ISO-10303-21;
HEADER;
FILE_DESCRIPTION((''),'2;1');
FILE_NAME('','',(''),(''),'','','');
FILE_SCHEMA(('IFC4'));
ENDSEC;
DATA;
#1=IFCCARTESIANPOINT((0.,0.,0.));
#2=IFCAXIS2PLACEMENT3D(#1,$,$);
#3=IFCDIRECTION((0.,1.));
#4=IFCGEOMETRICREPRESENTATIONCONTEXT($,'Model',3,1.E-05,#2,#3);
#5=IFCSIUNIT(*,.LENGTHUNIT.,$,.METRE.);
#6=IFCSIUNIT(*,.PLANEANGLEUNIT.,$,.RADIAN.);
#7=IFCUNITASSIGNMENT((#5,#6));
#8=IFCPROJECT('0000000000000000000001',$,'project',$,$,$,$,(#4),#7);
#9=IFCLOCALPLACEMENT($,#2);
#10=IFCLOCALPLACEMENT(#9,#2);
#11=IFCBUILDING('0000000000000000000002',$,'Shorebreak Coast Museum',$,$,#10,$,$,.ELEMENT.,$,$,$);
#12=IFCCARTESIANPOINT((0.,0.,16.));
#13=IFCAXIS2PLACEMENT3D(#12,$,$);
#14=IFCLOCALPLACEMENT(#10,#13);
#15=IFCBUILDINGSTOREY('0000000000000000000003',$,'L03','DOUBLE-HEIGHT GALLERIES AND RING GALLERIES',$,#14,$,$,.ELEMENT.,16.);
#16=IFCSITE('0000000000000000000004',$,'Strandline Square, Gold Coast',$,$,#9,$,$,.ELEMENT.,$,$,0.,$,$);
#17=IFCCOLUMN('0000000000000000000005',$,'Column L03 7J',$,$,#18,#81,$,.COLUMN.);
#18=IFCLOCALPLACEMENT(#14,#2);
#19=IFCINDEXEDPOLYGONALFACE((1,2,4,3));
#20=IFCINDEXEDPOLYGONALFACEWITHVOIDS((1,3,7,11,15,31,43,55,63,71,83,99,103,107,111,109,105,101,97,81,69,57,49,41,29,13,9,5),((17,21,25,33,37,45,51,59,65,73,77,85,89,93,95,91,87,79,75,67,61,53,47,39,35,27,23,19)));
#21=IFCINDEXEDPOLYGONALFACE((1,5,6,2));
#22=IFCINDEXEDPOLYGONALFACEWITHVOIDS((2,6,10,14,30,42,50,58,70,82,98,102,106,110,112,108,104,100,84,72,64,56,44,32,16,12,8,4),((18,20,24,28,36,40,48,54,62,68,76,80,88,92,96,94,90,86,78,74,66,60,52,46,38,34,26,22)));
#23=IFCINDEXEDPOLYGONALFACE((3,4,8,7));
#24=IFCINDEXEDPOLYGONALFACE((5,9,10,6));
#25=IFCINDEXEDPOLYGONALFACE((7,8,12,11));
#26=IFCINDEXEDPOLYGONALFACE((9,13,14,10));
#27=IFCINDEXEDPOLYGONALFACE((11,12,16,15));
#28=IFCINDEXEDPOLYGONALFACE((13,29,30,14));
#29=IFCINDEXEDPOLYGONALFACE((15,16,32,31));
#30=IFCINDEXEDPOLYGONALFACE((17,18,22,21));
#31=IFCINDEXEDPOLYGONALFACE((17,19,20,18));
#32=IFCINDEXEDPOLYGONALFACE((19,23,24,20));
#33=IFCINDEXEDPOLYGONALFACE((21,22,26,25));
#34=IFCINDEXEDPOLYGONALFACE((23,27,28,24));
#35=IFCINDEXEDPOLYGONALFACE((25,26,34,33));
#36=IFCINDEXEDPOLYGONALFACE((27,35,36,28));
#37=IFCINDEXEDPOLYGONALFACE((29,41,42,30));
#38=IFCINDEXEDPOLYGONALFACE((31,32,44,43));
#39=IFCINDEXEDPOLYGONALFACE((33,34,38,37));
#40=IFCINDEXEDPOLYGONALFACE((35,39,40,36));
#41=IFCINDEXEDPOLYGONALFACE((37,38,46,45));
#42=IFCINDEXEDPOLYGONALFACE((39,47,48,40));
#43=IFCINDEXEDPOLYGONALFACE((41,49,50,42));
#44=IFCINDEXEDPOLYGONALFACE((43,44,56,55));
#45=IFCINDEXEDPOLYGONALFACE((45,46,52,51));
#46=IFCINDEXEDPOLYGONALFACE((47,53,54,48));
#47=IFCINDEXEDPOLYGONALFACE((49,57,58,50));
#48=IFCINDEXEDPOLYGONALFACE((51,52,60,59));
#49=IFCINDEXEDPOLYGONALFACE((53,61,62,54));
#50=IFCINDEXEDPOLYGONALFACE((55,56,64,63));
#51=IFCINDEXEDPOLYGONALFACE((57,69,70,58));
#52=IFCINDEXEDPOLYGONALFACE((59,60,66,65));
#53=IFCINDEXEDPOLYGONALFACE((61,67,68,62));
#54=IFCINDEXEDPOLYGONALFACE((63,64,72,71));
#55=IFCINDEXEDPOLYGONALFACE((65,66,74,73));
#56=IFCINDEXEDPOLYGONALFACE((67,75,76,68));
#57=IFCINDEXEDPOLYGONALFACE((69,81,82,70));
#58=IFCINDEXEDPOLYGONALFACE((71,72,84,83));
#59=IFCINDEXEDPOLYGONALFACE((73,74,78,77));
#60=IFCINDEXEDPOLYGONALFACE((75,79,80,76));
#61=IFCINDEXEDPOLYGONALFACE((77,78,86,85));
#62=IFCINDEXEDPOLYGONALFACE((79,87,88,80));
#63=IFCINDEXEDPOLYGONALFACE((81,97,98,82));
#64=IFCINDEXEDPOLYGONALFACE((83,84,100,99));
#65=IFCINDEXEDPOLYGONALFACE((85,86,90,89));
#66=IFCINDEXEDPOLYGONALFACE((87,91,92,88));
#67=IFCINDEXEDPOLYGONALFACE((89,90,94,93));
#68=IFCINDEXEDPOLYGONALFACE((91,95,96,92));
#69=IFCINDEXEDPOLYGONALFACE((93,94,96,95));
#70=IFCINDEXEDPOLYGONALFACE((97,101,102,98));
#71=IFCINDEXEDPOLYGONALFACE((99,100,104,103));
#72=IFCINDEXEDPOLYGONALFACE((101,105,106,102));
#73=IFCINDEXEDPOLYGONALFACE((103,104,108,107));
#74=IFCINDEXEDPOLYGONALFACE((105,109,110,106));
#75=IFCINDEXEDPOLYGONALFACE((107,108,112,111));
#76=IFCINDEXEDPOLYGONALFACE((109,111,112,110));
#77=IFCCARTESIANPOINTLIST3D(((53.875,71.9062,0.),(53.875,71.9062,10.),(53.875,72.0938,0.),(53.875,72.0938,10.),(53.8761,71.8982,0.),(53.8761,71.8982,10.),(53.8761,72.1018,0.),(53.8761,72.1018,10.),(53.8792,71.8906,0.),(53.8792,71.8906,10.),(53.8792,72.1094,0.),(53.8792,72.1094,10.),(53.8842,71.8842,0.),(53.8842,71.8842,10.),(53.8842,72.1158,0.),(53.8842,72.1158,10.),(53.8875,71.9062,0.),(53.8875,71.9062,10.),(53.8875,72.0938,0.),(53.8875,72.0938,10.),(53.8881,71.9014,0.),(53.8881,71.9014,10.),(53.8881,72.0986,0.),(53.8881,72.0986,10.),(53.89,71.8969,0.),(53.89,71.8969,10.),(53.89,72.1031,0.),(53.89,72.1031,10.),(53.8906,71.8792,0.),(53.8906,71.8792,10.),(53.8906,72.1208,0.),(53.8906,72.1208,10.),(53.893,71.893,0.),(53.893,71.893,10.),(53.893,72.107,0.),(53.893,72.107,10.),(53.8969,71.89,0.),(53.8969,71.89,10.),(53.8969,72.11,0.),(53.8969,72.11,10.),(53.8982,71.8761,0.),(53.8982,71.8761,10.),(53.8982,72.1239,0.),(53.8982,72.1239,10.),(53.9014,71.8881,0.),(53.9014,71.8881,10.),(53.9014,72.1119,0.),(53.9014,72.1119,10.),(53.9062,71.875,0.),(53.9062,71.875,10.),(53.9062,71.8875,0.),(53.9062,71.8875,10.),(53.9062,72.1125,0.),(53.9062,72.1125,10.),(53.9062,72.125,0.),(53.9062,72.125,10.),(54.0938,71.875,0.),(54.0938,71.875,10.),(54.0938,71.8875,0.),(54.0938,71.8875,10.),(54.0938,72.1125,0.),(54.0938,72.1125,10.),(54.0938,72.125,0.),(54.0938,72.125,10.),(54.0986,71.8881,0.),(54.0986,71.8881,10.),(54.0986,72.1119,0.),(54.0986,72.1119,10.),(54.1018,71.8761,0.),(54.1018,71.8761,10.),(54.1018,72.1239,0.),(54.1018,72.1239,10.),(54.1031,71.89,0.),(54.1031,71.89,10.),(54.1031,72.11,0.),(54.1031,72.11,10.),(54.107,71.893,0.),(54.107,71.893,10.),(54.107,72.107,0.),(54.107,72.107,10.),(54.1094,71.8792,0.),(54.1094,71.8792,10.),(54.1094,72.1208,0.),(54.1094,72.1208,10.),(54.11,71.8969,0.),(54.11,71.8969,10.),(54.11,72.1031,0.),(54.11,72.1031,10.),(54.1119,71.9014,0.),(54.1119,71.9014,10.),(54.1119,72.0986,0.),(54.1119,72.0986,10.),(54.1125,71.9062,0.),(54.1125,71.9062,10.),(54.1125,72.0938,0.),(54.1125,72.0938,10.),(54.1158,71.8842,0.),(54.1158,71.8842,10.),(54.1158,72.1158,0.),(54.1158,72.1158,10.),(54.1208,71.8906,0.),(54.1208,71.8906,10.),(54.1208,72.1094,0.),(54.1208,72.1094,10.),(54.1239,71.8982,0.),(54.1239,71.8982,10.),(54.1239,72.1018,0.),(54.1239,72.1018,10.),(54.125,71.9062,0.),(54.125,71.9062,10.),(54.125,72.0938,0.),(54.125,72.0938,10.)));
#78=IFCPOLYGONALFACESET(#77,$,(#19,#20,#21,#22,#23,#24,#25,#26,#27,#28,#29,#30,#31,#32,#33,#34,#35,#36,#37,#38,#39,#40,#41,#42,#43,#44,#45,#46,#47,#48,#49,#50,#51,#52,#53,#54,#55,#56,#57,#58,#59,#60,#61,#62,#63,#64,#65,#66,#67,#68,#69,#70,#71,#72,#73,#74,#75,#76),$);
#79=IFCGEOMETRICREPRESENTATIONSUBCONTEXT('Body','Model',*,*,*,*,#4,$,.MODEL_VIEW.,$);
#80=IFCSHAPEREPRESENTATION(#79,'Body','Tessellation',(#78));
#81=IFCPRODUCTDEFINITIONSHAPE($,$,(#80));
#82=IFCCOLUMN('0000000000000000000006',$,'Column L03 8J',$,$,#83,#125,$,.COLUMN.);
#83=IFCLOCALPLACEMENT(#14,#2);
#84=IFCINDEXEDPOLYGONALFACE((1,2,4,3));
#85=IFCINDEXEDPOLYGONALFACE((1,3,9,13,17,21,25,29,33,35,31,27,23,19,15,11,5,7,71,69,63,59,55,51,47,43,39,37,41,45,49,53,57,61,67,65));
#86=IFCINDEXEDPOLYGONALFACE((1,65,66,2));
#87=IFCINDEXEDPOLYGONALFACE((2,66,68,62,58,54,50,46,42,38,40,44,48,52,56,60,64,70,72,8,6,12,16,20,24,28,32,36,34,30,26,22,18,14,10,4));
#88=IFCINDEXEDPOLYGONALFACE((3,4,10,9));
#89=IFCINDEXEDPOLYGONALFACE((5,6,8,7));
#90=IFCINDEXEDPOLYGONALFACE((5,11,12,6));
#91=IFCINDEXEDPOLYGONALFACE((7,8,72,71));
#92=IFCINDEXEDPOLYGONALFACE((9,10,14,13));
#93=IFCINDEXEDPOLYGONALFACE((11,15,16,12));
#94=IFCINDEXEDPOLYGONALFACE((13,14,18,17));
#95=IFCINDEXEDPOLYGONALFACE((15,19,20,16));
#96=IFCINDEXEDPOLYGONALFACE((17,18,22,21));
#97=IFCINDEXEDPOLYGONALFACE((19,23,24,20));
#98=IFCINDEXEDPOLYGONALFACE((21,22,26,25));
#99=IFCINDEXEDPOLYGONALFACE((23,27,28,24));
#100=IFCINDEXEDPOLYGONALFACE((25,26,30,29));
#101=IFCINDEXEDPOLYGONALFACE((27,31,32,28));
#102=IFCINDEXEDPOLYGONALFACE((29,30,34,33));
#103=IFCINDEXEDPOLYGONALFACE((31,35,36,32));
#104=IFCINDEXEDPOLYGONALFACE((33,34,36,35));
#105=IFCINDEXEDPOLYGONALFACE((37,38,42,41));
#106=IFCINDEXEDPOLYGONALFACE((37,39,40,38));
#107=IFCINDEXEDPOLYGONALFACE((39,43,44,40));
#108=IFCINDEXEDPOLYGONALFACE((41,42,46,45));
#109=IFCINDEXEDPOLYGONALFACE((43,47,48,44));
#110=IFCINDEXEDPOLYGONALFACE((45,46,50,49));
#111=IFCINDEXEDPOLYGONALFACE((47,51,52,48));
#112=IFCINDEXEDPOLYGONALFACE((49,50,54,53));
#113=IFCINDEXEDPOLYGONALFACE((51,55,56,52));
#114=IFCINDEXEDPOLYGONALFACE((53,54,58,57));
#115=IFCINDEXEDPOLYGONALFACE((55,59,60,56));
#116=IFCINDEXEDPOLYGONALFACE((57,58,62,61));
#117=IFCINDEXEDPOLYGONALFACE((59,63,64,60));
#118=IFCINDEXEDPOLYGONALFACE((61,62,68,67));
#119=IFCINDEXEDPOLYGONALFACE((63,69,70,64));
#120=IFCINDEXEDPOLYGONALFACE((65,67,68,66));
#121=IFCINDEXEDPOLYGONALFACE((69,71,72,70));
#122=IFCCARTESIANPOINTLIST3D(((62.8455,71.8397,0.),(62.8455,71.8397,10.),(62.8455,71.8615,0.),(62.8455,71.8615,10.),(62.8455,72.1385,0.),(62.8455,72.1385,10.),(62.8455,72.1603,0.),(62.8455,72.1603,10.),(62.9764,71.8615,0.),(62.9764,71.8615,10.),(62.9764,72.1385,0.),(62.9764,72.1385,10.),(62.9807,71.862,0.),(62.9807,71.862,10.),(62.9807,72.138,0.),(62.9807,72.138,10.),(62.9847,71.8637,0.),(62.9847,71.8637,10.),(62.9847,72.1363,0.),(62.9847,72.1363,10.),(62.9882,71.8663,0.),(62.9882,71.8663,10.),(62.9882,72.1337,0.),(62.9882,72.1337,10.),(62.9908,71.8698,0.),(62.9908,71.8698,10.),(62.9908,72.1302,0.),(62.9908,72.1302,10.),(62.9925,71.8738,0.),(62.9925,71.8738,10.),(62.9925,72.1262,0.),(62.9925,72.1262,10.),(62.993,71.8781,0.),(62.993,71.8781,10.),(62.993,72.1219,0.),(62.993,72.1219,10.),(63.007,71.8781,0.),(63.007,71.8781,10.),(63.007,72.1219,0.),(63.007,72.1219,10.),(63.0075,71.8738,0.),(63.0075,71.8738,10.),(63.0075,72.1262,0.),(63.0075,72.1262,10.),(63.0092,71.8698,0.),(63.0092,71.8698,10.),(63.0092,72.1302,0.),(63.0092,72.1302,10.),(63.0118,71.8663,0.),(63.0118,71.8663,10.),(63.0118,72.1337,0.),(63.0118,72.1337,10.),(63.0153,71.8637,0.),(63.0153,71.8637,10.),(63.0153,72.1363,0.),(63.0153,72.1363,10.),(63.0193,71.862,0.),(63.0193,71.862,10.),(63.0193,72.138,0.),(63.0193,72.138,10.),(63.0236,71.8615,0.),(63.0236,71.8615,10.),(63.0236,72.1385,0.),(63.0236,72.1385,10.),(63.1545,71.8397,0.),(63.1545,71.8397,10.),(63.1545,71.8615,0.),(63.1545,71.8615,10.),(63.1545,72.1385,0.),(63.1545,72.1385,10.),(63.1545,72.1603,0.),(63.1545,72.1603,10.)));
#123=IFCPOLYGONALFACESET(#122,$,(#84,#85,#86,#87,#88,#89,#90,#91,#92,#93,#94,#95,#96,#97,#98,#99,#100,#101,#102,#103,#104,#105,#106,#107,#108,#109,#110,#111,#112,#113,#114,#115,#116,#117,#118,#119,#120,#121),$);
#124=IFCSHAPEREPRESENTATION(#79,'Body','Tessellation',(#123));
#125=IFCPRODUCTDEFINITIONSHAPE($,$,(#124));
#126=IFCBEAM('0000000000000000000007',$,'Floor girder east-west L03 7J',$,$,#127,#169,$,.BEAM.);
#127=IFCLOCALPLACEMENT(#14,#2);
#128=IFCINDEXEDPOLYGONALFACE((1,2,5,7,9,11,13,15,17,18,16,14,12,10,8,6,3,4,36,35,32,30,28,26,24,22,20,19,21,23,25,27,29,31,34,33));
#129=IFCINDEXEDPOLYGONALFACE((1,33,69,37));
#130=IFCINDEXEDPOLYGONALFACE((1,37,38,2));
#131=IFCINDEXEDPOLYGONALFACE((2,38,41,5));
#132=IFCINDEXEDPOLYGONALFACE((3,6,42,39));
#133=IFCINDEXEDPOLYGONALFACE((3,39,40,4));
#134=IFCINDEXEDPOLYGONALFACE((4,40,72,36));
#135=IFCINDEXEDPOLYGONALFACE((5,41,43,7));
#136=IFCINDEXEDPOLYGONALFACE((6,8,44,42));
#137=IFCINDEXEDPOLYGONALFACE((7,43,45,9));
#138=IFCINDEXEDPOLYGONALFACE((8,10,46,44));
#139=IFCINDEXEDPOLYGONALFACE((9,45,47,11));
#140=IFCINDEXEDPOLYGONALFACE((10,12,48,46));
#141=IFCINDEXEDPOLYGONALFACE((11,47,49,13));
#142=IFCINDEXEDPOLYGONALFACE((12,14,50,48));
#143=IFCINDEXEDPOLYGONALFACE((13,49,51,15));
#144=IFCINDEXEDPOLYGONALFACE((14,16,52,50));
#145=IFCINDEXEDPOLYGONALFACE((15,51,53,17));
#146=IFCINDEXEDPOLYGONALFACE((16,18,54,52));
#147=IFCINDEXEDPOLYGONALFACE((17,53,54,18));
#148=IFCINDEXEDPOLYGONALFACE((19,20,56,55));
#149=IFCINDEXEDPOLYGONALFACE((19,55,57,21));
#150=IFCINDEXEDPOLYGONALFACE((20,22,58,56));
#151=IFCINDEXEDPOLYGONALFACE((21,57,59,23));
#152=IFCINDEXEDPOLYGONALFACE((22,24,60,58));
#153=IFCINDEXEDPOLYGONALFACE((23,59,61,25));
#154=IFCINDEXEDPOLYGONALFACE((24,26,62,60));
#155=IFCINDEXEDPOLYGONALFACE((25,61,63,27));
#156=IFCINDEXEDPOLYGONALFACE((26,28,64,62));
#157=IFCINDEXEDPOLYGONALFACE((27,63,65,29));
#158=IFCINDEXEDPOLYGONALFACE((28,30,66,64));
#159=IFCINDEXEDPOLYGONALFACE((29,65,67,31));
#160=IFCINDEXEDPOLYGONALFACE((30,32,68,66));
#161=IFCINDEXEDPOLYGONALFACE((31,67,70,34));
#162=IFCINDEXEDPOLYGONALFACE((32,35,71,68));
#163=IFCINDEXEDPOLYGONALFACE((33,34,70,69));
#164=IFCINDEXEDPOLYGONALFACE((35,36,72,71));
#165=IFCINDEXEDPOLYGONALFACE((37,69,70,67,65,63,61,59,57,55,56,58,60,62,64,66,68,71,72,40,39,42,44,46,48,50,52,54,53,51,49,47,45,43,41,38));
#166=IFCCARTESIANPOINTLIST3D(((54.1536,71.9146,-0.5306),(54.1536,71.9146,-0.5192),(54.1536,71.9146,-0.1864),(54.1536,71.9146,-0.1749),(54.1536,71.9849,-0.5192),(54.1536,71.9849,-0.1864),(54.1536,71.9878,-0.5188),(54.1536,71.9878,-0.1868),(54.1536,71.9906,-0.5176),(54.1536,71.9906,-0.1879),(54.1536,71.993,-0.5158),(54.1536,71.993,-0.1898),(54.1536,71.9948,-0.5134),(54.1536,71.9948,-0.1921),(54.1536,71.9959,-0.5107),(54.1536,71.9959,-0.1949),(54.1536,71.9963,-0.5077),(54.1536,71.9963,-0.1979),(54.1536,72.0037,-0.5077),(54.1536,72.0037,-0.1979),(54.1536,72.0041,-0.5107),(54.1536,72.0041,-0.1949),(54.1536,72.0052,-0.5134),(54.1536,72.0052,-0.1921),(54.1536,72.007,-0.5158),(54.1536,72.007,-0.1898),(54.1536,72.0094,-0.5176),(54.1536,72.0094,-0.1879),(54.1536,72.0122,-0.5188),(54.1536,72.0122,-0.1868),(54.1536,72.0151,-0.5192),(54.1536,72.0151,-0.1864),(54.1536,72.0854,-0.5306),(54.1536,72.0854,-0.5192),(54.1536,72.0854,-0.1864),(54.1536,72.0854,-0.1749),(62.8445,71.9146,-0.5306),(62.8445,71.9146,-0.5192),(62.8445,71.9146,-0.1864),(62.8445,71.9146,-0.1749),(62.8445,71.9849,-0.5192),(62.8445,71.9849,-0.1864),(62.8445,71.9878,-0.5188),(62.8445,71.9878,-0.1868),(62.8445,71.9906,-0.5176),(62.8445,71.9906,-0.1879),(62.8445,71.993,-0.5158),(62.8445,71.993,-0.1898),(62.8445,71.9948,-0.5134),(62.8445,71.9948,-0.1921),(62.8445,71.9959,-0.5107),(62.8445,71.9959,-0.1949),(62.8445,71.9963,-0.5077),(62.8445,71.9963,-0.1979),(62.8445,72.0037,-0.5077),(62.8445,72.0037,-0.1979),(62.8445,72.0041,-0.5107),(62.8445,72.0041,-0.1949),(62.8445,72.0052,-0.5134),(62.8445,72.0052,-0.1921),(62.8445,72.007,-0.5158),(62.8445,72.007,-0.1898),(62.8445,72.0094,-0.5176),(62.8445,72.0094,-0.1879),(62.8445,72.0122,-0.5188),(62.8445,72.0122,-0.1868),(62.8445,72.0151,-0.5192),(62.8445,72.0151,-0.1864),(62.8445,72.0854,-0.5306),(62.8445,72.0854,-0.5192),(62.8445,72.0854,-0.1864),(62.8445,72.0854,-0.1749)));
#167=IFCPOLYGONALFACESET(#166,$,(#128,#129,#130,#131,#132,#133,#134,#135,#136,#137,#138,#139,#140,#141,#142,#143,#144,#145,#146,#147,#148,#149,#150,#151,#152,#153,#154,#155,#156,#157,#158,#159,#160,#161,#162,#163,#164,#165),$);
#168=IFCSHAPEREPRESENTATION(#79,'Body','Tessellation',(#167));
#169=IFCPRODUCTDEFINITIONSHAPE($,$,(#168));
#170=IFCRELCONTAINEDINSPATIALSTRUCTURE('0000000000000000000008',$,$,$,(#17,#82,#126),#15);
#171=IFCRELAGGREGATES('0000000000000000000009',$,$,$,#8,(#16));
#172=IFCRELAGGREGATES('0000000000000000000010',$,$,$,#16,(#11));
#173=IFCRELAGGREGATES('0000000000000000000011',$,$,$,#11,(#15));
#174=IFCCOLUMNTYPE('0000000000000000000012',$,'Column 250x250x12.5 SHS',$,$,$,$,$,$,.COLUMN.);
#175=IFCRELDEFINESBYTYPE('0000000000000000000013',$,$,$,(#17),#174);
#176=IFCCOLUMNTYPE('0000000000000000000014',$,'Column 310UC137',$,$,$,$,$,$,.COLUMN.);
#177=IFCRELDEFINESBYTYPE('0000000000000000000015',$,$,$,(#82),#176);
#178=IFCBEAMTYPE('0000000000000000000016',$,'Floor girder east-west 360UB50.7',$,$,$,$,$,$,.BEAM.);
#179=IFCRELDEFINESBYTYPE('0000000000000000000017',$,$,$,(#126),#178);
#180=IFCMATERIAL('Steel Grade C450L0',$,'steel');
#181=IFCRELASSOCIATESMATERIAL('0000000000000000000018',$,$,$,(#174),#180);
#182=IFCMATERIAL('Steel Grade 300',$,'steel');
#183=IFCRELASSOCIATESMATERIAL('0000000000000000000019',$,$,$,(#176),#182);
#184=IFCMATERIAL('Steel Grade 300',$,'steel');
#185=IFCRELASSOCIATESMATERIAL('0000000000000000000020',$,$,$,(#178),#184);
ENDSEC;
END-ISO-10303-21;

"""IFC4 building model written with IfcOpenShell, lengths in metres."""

from ifc_helpers import new_model, si_unit, direction, frame, origin, origin_2d, place, context, subcontext, project, spatial, hollow_rectangle, i_section, extrude, material, material_profile, profile_set, type_object, element, save


model = new_model("IFC4")

# Units and contexts
model_context = context("Model", 3, precision=1e-05, world=origin(), true_north=direction((0.0, 1.0)))
body_context = subcontext(model_context, "Body", "Model", "MODEL_VIEW")
ifc_project = project(units=[si_unit("LENGTHUNIT", "METRE"), si_unit("PLANEANGLEUNIT", "RADIAN")], contexts=[model_context])

# Site, building, storey
site_placement = place(None, origin())
site = spatial("IfcSite", under=ifc_project, at=site_placement, Name="Strandline Square, Gold Coast", CompositionType="ELEMENT", RefElevation=0.0)
building_placement = place(site_placement, origin())
building = spatial("IfcBuilding", under=site, at=building_placement, Name="Shorebreak Coast Museum", CompositionType="ELEMENT")
storey_placement = place(building_placement, frame((0.0, 0.0, 16.0)))
storey = spatial("IfcBuildingStorey", under=building, at=storey_placement, Name="L03", Description="DOUBLE-HEIGHT GALLERIES AND RING GALLERIES", CompositionType="ELEMENT", Elevation=16.0)

# Columns
ifc_material_1 = material(Name="Steel Grade C450L0", Category="steel")
ifc_material_profile_1 = material_profile(ifc_material_1, hollow_rectangle(XDim=0.25, YDim=0.25, WallThickness=0.0125, InnerFilletRadius=0.0188, OuterFilletRadius=0.0312, at=origin_2d()), Name="250x250x12.5 SHS")
ifc_profile_set_1 = profile_set([ifc_material_profile_1], Name="Steel Grade C450L0")
column_type_1 = type_object("IfcColumnType", Name="Column 250x250x12.5 SHS", PredefinedType="COLUMN", material=ifc_profile_set_1)
column_1_placement = place(storey_placement, frame((54.0, 72.0, 0.0), z_axis=(0.0, 0.0, 1.0), x_axis=(1.0, 0.0, 0.0)))
element("IfcColumn", 1, at=column_1_placement, inside=storey, type_object=column_type_1, Name="Column L03 7J", PredefinedType="COLUMN", context=body_context, shape_type="SweptSolid", body=[
    extrude(hollow_rectangle(XDim=0.25, YDim=0.25, WallThickness=0.0125, InnerFilletRadius=0.0188, OuterFilletRadius=0.0312, at=origin_2d()), origin(), (0.0, 0.0, 1.0), 10.0),
])
ifc_material_2 = material(Name="Steel Grade 300", Category="steel")
ifc_material_profile_2 = material_profile(ifc_material_2, i_section(OverallWidth=0.3091, OverallDepth=0.3206, WebThickness=0.0139, FlangeThickness=0.0217, FilletRadius=0.0166, at=origin_2d()), Name="310UC137")
ifc_profile_set_2 = profile_set([ifc_material_profile_2], Name="Steel Grade 300")
column_type_2 = type_object("IfcColumnType", Name="Column 310UC137", PredefinedType="COLUMN", material=ifc_profile_set_2)
column_2_placement = place(storey_placement, frame((63.0, 72.0, 0.0), z_axis=(0.0, 0.0, 1.0), x_axis=(1.0, 0.0, 0.0)))
element("IfcColumn", 2, at=column_2_placement, inside=storey, type_object=column_type_2, Name="Column L03 8J", PredefinedType="COLUMN", context=body_context, shape_type="SweptSolid", body=[
    extrude(i_section(OverallWidth=0.3091, OverallDepth=0.3206, WebThickness=0.0139, FlangeThickness=0.0217, FilletRadius=0.0166, at=origin_2d()), origin(), (0.0, 0.0, 1.0), 10.0),
])

# Beam
ifc_material_3 = material(Name="Steel Grade 300", Category="steel")
ifc_material_profile_3 = material_profile(ifc_material_3, i_section(OverallWidth=0.1709, OverallDepth=0.3557, WebThickness=0.0073, FlangeThickness=0.0115, FilletRadius=0.0115, at=origin_2d()), Name="360UB50.7")
ifc_profile_set_3 = profile_set([ifc_material_profile_3], Name="Steel Grade 300")
beam_type_1 = type_object("IfcBeamType", Name="Floor girder east-west 360UB50.7", PredefinedType="BEAM", material=ifc_profile_set_3)
beam_1_placement = place(storey_placement, frame((54.1536, 72.0, -0.3528), z_axis=(1.0, 0.0, 0.0), x_axis=(0.0, 1.0, 0.0)))
element("IfcBeam", 3, at=beam_1_placement, inside=storey, type_object=beam_type_1, Name="Floor girder east-west L03 7J", PredefinedType="BEAM", context=body_context, shape_type="SweptSolid", body=[
    extrude(i_section(OverallWidth=0.1709, OverallDepth=0.3557, WebThickness=0.0073, FlangeThickness=0.0115, FilletRadius=0.0115, at=origin_2d()), origin(), (0.0, 0.0, 1.0), 8.6909),
])

save(model, "model.ifc")
